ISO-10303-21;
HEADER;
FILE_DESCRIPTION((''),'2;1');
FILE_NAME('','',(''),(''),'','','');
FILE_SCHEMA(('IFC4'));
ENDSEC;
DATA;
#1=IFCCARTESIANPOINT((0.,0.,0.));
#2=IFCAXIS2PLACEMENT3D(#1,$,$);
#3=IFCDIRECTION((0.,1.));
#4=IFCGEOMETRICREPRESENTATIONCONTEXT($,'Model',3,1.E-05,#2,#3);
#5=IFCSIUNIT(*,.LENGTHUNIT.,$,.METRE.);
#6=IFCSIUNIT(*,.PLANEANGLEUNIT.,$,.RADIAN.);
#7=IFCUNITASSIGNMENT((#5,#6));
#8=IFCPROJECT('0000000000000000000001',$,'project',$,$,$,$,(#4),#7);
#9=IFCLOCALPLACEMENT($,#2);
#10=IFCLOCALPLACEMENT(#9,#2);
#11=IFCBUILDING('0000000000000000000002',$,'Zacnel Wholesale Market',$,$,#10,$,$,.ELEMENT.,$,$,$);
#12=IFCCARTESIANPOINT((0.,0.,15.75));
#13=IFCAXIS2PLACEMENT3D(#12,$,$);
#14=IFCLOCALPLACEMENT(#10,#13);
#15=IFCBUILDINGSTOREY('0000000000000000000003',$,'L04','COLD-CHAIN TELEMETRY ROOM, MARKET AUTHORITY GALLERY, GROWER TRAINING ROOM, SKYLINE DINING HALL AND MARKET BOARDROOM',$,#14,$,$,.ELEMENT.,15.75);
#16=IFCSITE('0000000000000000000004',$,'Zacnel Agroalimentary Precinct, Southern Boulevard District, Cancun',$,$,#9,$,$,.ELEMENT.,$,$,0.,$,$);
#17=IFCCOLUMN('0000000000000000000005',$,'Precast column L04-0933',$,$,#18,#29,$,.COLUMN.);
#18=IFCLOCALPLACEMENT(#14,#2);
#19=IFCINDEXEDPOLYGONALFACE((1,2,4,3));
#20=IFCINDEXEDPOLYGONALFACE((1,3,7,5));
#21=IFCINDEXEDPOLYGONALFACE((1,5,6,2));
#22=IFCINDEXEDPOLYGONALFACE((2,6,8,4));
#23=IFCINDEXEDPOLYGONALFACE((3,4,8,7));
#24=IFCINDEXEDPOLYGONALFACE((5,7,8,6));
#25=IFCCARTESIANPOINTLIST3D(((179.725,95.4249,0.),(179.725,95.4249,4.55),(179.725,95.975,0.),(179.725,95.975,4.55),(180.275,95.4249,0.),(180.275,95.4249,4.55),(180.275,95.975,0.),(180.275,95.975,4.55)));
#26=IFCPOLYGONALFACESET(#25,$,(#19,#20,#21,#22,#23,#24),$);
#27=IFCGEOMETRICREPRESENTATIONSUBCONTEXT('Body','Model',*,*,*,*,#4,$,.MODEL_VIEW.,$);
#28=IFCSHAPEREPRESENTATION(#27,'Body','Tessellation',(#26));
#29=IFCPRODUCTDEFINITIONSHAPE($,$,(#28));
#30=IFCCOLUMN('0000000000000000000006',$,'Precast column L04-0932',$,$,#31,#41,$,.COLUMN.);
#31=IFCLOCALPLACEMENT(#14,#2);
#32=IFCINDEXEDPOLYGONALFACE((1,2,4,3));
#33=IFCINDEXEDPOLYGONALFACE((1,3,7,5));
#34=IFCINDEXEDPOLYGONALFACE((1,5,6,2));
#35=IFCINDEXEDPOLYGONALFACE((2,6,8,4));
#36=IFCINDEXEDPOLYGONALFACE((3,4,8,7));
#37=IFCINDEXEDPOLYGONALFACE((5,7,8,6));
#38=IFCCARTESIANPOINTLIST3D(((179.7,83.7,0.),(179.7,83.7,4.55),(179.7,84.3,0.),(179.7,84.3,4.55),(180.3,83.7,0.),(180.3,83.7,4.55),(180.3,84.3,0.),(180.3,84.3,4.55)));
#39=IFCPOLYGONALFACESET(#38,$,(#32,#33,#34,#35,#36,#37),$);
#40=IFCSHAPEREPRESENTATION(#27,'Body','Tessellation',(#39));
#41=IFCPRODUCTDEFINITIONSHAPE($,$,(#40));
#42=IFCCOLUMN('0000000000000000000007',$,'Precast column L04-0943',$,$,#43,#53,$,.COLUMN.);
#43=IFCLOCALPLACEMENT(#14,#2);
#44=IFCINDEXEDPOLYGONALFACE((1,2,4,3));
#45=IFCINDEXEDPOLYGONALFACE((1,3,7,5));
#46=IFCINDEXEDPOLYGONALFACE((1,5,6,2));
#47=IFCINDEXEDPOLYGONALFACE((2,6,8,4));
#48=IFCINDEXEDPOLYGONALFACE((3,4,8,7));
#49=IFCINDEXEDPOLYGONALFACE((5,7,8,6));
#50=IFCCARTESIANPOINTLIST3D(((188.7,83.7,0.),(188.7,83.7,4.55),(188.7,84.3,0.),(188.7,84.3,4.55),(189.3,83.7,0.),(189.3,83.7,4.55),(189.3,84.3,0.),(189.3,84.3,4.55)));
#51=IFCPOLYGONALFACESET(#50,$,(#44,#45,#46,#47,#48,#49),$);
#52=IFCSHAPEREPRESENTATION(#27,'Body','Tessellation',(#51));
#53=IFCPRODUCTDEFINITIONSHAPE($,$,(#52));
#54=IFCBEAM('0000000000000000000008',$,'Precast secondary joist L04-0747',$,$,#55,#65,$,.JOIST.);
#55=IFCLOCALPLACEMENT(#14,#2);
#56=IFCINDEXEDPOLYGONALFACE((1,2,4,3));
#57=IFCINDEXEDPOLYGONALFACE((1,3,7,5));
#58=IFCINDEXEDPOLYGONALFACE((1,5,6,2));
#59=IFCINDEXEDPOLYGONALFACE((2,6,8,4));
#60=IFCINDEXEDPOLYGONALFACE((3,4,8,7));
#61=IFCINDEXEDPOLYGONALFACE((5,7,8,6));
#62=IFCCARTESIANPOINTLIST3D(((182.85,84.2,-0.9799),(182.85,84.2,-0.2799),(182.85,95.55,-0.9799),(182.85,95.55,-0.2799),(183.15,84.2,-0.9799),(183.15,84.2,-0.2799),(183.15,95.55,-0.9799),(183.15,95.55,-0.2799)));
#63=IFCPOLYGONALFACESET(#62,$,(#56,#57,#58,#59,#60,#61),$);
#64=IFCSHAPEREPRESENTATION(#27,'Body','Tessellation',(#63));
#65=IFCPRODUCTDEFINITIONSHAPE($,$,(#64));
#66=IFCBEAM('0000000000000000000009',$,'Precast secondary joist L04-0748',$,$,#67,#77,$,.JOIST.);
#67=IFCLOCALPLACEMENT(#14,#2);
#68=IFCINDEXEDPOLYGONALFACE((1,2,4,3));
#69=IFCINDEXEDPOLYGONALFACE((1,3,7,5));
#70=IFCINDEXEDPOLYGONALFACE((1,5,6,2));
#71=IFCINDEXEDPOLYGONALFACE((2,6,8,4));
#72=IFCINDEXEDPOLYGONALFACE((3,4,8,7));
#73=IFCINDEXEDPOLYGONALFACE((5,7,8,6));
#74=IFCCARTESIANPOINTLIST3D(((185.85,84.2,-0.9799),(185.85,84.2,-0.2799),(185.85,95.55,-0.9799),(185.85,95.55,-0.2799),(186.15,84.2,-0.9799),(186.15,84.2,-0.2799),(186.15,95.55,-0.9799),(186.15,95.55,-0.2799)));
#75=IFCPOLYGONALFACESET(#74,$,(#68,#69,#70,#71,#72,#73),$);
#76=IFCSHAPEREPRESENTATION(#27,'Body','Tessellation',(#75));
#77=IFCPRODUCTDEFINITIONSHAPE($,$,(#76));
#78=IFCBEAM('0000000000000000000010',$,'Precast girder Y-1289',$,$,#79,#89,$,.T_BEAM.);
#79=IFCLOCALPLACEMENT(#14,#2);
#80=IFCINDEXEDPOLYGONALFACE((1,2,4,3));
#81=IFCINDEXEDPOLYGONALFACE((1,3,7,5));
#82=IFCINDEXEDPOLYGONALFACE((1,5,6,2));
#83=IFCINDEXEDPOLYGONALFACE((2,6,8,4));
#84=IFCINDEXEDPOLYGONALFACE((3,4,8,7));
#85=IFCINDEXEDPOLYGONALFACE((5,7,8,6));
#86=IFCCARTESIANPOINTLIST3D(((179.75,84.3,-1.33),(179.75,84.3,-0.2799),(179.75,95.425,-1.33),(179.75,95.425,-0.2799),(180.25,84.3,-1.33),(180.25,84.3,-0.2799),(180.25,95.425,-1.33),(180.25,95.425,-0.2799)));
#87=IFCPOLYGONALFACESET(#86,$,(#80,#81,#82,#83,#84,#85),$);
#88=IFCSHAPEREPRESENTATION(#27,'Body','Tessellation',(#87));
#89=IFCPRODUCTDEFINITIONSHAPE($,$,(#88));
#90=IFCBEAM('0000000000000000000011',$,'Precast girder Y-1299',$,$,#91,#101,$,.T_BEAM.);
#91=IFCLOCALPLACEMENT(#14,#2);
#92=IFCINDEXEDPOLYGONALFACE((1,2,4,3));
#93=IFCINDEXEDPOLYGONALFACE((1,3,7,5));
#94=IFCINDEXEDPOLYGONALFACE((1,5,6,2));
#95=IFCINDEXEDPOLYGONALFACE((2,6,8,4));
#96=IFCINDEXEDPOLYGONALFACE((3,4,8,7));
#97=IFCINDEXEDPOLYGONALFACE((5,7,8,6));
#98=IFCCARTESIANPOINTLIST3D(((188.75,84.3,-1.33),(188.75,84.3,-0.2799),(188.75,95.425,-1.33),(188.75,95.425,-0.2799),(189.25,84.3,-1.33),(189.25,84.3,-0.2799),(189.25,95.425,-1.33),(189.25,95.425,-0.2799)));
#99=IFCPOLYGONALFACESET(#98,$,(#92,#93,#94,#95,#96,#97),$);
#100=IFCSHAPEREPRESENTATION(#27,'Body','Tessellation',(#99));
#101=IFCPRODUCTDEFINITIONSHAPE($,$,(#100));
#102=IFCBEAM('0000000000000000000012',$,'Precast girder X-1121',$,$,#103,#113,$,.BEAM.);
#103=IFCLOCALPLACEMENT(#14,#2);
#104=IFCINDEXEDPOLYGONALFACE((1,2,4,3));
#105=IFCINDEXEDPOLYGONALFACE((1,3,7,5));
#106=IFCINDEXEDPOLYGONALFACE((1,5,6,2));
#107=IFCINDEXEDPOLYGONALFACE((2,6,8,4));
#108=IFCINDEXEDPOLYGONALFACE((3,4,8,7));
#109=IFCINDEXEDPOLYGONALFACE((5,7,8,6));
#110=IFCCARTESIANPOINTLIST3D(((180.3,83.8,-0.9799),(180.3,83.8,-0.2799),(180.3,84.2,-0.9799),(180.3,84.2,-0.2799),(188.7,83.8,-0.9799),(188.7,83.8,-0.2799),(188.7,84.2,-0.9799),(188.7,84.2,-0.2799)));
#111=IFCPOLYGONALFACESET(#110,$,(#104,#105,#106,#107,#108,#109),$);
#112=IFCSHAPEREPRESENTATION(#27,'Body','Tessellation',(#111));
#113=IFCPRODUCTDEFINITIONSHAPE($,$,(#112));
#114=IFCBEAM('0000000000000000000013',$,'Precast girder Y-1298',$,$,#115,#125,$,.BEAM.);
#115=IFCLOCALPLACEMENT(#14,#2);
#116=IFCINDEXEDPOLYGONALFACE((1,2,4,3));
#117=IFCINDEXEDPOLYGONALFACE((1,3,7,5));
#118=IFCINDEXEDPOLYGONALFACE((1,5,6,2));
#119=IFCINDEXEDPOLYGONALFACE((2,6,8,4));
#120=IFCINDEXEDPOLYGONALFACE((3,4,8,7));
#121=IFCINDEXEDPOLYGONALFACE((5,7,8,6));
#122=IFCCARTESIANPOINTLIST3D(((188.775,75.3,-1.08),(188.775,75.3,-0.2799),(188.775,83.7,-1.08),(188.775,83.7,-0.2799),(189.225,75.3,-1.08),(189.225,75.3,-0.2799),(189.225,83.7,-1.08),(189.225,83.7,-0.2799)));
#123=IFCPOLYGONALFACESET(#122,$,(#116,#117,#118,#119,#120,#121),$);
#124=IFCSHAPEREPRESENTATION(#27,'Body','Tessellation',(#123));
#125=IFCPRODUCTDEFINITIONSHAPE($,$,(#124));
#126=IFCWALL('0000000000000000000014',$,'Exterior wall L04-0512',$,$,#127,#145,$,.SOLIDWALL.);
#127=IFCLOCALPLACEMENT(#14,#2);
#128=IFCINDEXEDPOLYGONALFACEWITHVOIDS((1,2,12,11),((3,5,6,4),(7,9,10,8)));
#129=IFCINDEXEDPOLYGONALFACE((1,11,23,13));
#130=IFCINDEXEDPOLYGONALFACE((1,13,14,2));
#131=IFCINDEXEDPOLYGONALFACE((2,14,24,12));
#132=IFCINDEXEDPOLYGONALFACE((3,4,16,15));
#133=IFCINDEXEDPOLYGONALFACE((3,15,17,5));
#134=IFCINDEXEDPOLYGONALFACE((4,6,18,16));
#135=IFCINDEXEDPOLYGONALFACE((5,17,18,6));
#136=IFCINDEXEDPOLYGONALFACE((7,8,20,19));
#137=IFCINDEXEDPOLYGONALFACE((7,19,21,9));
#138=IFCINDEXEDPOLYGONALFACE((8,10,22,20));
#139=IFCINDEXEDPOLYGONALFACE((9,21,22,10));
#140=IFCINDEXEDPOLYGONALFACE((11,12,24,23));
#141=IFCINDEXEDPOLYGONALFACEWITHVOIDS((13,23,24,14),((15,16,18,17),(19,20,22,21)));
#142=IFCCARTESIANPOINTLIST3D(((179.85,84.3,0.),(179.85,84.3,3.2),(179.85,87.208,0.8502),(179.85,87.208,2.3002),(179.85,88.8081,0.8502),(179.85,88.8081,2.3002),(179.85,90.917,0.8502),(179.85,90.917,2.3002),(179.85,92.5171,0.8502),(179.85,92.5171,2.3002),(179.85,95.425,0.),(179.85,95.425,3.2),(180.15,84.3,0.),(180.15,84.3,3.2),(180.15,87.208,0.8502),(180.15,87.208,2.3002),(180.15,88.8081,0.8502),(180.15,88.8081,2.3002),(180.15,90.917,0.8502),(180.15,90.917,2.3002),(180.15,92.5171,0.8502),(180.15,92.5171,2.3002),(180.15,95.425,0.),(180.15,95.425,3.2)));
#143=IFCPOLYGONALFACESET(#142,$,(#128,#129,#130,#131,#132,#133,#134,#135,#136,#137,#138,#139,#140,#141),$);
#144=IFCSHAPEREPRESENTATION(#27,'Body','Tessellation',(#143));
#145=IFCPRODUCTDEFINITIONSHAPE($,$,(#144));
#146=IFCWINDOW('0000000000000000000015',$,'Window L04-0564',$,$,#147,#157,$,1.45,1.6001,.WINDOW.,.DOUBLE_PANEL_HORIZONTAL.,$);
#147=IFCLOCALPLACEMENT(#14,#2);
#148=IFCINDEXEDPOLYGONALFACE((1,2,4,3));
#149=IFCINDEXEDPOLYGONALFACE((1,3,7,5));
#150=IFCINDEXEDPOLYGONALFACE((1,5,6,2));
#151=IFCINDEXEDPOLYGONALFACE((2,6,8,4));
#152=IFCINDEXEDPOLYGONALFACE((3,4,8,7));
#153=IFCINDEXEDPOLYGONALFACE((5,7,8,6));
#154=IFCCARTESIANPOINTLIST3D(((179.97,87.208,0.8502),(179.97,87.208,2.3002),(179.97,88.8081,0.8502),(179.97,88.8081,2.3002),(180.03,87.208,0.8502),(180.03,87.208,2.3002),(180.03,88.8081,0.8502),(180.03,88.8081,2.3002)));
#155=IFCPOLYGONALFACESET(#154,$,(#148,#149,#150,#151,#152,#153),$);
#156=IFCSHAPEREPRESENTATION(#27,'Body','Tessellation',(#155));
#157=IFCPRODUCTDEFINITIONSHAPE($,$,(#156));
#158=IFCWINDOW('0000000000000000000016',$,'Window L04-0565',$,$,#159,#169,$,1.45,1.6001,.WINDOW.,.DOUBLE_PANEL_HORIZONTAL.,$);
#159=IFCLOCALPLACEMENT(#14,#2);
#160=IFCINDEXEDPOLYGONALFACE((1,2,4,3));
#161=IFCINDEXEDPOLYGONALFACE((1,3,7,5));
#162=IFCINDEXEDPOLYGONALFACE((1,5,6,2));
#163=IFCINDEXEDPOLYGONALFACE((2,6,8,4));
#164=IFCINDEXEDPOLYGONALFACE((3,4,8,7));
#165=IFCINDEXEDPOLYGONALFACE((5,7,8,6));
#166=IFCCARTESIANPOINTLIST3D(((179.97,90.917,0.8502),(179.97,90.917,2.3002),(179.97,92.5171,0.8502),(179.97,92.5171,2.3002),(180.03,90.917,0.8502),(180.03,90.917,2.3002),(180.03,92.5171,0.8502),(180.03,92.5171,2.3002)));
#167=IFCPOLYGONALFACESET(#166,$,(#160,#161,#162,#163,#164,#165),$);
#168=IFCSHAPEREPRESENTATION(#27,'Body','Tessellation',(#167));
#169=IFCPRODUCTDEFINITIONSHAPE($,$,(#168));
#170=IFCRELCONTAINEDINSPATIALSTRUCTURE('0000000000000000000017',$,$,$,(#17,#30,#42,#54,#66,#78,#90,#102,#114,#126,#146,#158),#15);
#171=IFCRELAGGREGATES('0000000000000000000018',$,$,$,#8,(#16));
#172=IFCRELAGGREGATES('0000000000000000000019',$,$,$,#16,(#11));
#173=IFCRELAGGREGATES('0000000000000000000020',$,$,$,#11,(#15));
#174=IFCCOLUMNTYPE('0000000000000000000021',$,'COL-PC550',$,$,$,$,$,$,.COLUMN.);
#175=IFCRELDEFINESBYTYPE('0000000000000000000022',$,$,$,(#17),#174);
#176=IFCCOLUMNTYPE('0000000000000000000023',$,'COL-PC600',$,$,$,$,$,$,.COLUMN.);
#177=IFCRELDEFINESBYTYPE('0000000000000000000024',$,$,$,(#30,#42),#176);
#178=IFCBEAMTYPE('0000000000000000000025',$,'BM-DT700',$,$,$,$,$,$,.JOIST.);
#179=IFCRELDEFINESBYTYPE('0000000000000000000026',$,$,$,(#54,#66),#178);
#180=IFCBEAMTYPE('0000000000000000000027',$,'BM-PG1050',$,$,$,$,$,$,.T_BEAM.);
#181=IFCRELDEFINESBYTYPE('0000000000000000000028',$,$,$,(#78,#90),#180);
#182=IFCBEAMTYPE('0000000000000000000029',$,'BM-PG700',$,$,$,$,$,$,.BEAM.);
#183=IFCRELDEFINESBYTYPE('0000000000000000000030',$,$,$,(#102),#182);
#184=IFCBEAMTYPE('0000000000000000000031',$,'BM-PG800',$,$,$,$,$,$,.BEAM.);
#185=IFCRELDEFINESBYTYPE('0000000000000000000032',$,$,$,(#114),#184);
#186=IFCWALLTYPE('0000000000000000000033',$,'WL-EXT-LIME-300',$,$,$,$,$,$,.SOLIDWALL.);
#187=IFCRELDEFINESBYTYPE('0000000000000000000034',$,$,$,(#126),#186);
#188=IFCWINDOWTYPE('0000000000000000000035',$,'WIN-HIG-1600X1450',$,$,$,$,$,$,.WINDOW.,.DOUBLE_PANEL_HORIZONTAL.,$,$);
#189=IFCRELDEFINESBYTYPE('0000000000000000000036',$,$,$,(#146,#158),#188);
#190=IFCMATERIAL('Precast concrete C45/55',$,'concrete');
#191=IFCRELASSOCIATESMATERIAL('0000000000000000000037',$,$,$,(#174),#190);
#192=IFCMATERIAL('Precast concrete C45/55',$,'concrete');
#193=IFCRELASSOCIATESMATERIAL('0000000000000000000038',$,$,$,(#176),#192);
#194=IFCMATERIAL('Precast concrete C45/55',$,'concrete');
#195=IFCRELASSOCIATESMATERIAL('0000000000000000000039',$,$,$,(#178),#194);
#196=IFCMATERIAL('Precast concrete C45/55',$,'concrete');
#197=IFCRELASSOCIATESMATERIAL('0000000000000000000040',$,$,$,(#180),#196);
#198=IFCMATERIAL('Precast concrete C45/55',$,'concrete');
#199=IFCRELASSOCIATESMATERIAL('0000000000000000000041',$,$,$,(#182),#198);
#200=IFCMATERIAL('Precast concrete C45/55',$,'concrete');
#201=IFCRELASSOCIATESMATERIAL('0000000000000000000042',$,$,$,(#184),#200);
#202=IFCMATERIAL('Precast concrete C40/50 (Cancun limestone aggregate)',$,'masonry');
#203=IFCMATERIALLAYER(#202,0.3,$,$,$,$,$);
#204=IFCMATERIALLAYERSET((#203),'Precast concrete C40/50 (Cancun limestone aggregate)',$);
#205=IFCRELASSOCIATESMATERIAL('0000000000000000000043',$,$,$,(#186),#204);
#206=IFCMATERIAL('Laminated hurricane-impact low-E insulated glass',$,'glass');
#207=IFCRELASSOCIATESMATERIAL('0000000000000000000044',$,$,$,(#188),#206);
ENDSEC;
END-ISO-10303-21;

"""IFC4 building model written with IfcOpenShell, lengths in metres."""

from ifc_helpers import new_model, si_unit, direction, frame, frame_2d, origin, origin_2d, place, context, subcontext, project, spatial, rectangle, extrude, material, layer, layer_set, material_profile, profile_set, type_object, element, fill, save


model = new_model("IFC4")

# Units and contexts
model_context = context("Model", 3, precision=1e-05, world=origin(), true_north=direction((0.0, 1.0)))
body_context = subcontext(model_context, "Body", "Model", "MODEL_VIEW")
ifc_project = project(units=[si_unit("LENGTHUNIT", "METRE"), si_unit("PLANEANGLEUNIT", "RADIAN")], contexts=[model_context])

# Site, building, storey
site_placement = place(None, origin())
site = spatial("IfcSite", under=ifc_project, at=site_placement, Name="Zacnel Agroalimentary Precinct, Southern Boulevard District, Cancun", CompositionType="ELEMENT", RefElevation=0.0)
building_placement = place(site_placement, origin())
building = spatial("IfcBuilding", under=site, at=building_placement, Name="Zacnel Wholesale Market", CompositionType="ELEMENT")
storey_placement = place(building_placement, frame((0.0, 0.0, 15.75)))
storey = spatial("IfcBuildingStorey", under=building, at=storey_placement, Name="L04", Description="COLD-CHAIN TELEMETRY ROOM, MARKET AUTHORITY GALLERY, GROWER TRAINING ROOM, SKYLINE DINING HALL AND MARKET BOARDROOM", CompositionType="ELEMENT", Elevation=15.75)

# Columns
ifc_material_1 = material(Name="Precast concrete C45/55", Category="concrete")
ifc_material_profile_1 = material_profile(ifc_material_1, rectangle(XDim=0.55, YDim=0.55, at=origin_2d()), Name="PC 550x550")
ifc_profile_set_1 = profile_set([ifc_material_profile_1], Name="Precast concrete C45/55")
column_type_1 = type_object("IfcColumnType", Name="COL-PC550", PredefinedType="COLUMN", material=ifc_profile_set_1)
column_placement = place(storey_placement, frame((180.0, 95.7, 0.0), z_axis=(0.0, 0.0, 1.0), x_axis=(1.0, 0.0, 0.0)))
element("IfcColumn", 1, at=column_placement, inside=storey, type_object=column_type_1, Name="Precast column L04-0933", PredefinedType="COLUMN", context=body_context, shape_type="SweptSolid", body=[
    extrude(rectangle(XDim=0.55, YDim=0.55, at=origin_2d()), origin(), (0.0, 0.0, 1.0), 4.55),
])
ifc_material_2 = material(Name="Precast concrete C45/55", Category="concrete")
ifc_material_profile_2 = material_profile(ifc_material_2, rectangle(XDim=0.6001, YDim=0.6001, at=origin_2d()), Name="PC 600x600")
ifc_profile_set_2 = profile_set([ifc_material_profile_2], Name="Precast concrete C45/55")
column_type_2 = type_object("IfcColumnType", Name="COL-PC600", PredefinedType="COLUMN", material=ifc_profile_set_2)
for number, where, z_axis, x_axis, name in (
    (2, (180.0, 84.0, 0.0), (0.0, 0.0, 1.0), (1.0, 0.0, 0.0), "Precast column L04-0932"),
    (3, (189.0, 84.0, 0.0), (0.0, 0.0, 1.0), (1.0, 0.0, 0.0), "Precast column L04-0943"),
):
    element("IfcColumn", number, at=place(storey_placement, frame(where, z_axis=z_axis, x_axis=x_axis)), inside=storey, type_object=column_type_2, Name=name, PredefinedType="COLUMN", context=body_context, shape_type="SweptSolid", body=[
        extrude(rectangle(XDim=0.6001, YDim=0.6001, at=origin_2d()), origin(), (0.0, 0.0, 1.0), 4.55),
    ])

# Beams
ifc_material_3 = material(Name="Precast concrete C45/55", Category="concrete")
ifc_material_profile_3 = material_profile(ifc_material_3, rectangle(XDim=0.3, YDim=0.7, at=origin_2d()), Name="DT RIB 300x700")
ifc_profile_set_3 = profile_set([ifc_material_profile_3], Name="Precast concrete C45/55")
beam_type_1 = type_object("IfcBeamType", Name="BM-DT700", PredefinedType="JOIST", material=ifc_profile_set_3)
for number, where, z_axis, x_axis, name in (
    (4, (183.0, 84.2, -0.6299), (0.0, 1.0, 0.0), (-1.0, 0.0, 0.0), "Precast secondary joist L04-0747"),
    (5, (186.0, 84.2, -0.6299), (0.0, 1.0, 0.0), (-1.0, 0.0, 0.0), "Precast secondary joist L04-0748"),
):
    element("IfcBeam", number, at=place(storey_placement, frame(where, z_axis=z_axis, x_axis=x_axis)), inside=storey, type_object=beam_type_1, Name=name, PredefinedType="JOIST", context=body_context, shape_type="SweptSolid", body=[
        extrude(rectangle(XDim=0.3, YDim=0.7, at=origin_2d()), origin(), (0.0, 0.0, 1.0), 11.3501),
    ])
ifc_material_4 = material(Name="Precast concrete C45/55", Category="concrete")
ifc_material_profile_4 = material_profile(ifc_material_4, rectangle(XDim=0.5, YDim=1.05, at=origin_2d()), Name="PG 500x1050")
ifc_profile_set_4 = profile_set([ifc_material_profile_4], Name="Precast concrete C45/55")
beam_type_2 = type_object("IfcBeamType", Name="BM-PG1050", PredefinedType="T_BEAM", material=ifc_profile_set_4)
for number, where, z_axis, x_axis, name in (
    (6, (180.0, 84.3, -0.8049), (0.0, 1.0, 0.0), (-1.0, 0.0, 0.0), "Precast girder Y-1289"),
    (7, (189.0, 84.3, -0.8049), (0.0, 1.0, 0.0), (-1.0, 0.0, 0.0), "Precast girder Y-1299"),
):
    element("IfcBeam", number, at=place(storey_placement, frame(where, z_axis=z_axis, x_axis=x_axis)), inside=storey, type_object=beam_type_2, Name=name, PredefinedType="T_BEAM", context=body_context, shape_type="SweptSolid", body=[
        extrude(rectangle(XDim=0.5, YDim=1.05, at=origin_2d()), origin(), (0.0, 0.0, 1.0), 11.125),
    ])
ifc_material_5 = material(Name="Precast concrete C45/55", Category="concrete")
ifc_material_profile_5 = material_profile(ifc_material_5, rectangle(XDim=0.3999, YDim=0.7, at=origin_2d()), Name="PG 400x700")
ifc_profile_set_5 = profile_set([ifc_material_profile_5], Name="Precast concrete C45/55")
beam_type_3 = type_object("IfcBeamType", Name="BM-PG700", PredefinedType="BEAM", material=ifc_profile_set_5)
beam_1_placement = place(storey_placement, frame((180.3, 84.0, -0.6299), z_axis=(1.0, 0.0, 0.0), x_axis=(0.0, 1.0, 0.0)))
element("IfcBeam", 8, at=beam_1_placement, inside=storey, type_object=beam_type_3, Name="Precast girder X-1121", PredefinedType="BEAM", context=body_context, shape_type="SweptSolid", body=[
    extrude(rectangle(XDim=0.3999, YDim=0.7, at=origin_2d()), origin(), (0.0, 0.0, 1.0), 8.3999),
])
ifc_material_6 = material(Name="Precast concrete C45/55", Category="concrete")
ifc_material_profile_6 = material_profile(ifc_material_6, rectangle(XDim=0.45, YDim=0.8, at=origin_2d()), Name="PG 450x800")
ifc_profile_set_6 = profile_set([ifc_material_profile_6], Name="Precast concrete C45/55")
beam_type_4 = type_object("IfcBeamType", Name="BM-PG800", PredefinedType="BEAM", material=ifc_profile_set_6)
beam_2_placement = place(storey_placement, frame((189.0, 75.3, -0.6799), z_axis=(0.0, 1.0, 0.0), x_axis=(-1.0, 0.0, 0.0)))
element("IfcBeam", 9, at=beam_2_placement, inside=storey, type_object=beam_type_4, Name="Precast girder Y-1298", PredefinedType="BEAM", context=body_context, shape_type="SweptSolid", body=[
    extrude(rectangle(XDim=0.45, YDim=0.8, at=origin_2d()), origin(), (0.0, 0.0, 1.0), 8.3999),
])

# Wall, openings, windows
ifc_material_7 = material(Name="Precast concrete C40/50 (Cancun limestone aggregate)", Category="masonry")
ifc_layer_1 = layer(ifc_material_7, 0.3)
ifc_layer_set_1 = layer_set([ifc_layer_1], Name="Precast concrete C40/50 (Cancun limestone aggregate)")
wall_type = type_object("IfcWallType", Name="WL-EXT-LIME-300", PredefinedType="SOLIDWALL", material=ifc_layer_set_1)
wall_placement = place(storey_placement, frame((180.0, 84.3, 0.0), z_axis=(0.0, 0.0, 1.0), x_axis=(0.0, 1.0, 0.0)))
wall = element("IfcWall", 10, at=wall_placement, inside=storey, type_object=wall_type, Name="Exterior wall L04-0512", PredefinedType="SOLIDWALL", context=body_context, shape_type="SweptSolid", body=[
    extrude(rectangle(XDim=11.125, YDim=0.3, at=frame_2d((5.5625, 0.0))), origin(), (0.0, 0.0, 1.0), 3.2),
])
opening_1_placement = place(wall_placement, frame((2.908, 0.0, 0.8501)))
opening_1 = element("IfcOpeningElement", 11, at=opening_1_placement, cuts=wall, PredefinedType="OPENING", context=body_context, shape_type="SweptSolid", body=[
    extrude(rectangle(XDim=1.6001, YDim=1.45, at=frame_2d((0.8, 0.7251))), frame((0.0, 0.1599, 0.0), z_axis=(0.0, -1.0, 0.0), x_axis=(1.0, 0.0, 0.0)), (0.0, 0.0, 1.0), 0.3201),
])
opening_2_placement = place(wall_placement, frame((6.6169, 0.0, 0.8501)))
opening_2 = element("IfcOpeningElement", 12, at=opening_2_placement, cuts=wall, PredefinedType="OPENING", context=body_context, shape_type="SweptSolid", body=[
    extrude(rectangle(XDim=1.6001, YDim=1.45, at=frame_2d((0.8, 0.7251))), frame((0.0, 0.1599, 0.0), z_axis=(0.0, -1.0, 0.0), x_axis=(1.0, 0.0, 0.0)), (0.0, 0.0, 1.0), 0.3201),
])
ifc_material_8 = material(Name="Laminated hurricane-impact low-E insulated glass", Category="glass")
window_type = type_object("IfcWindowType", Name="WIN-HIG-1600X1450", PartitioningType="DOUBLE_PANEL_HORIZONTAL", PredefinedType="WINDOW", material=ifc_material_8)
window_1_placement = place(opening_1_placement, origin())
window_1 = element("IfcWindow", 13, at=window_1_placement, inside=storey, type_object=window_type, Name="Window L04-0564", OverallHeight=1.45, OverallWidth=1.6001, PartitioningType="DOUBLE_PANEL_HORIZONTAL", PredefinedType="WINDOW", context=body_context, shape_type="SweptSolid", body=[
    extrude(rectangle(XDim=1.6001, YDim=1.45, at=frame_2d((0.8, 0.7251))), frame((0.0, 0.03, 0.0), z_axis=(0.0, -1.0, 0.0), x_axis=(1.0, 0.0, 0.0)), (0.0, 0.0, 1.0), 0.0601),
])
fill(opening_1, window_1)
window_2_placement = place(opening_2_placement, origin())
window_2 = element("IfcWindow", 14, at=window_2_placement, inside=storey, type_object=window_type, Name="Window L04-0565", OverallHeight=1.45, OverallWidth=1.6001, PartitioningType="DOUBLE_PANEL_HORIZONTAL", PredefinedType="WINDOW", context=body_context, shape_type="SweptSolid", body=[
    extrude(rectangle(XDim=1.6001, YDim=1.45, at=frame_2d((0.8, 0.7251))), frame((0.0, 0.03, 0.0), z_axis=(0.0, -1.0, 0.0), x_axis=(1.0, 0.0, 0.0)), (0.0, 0.0, 1.0), 0.0601),
])
fill(opening_2, window_2)

save(model, "model.ifc")
